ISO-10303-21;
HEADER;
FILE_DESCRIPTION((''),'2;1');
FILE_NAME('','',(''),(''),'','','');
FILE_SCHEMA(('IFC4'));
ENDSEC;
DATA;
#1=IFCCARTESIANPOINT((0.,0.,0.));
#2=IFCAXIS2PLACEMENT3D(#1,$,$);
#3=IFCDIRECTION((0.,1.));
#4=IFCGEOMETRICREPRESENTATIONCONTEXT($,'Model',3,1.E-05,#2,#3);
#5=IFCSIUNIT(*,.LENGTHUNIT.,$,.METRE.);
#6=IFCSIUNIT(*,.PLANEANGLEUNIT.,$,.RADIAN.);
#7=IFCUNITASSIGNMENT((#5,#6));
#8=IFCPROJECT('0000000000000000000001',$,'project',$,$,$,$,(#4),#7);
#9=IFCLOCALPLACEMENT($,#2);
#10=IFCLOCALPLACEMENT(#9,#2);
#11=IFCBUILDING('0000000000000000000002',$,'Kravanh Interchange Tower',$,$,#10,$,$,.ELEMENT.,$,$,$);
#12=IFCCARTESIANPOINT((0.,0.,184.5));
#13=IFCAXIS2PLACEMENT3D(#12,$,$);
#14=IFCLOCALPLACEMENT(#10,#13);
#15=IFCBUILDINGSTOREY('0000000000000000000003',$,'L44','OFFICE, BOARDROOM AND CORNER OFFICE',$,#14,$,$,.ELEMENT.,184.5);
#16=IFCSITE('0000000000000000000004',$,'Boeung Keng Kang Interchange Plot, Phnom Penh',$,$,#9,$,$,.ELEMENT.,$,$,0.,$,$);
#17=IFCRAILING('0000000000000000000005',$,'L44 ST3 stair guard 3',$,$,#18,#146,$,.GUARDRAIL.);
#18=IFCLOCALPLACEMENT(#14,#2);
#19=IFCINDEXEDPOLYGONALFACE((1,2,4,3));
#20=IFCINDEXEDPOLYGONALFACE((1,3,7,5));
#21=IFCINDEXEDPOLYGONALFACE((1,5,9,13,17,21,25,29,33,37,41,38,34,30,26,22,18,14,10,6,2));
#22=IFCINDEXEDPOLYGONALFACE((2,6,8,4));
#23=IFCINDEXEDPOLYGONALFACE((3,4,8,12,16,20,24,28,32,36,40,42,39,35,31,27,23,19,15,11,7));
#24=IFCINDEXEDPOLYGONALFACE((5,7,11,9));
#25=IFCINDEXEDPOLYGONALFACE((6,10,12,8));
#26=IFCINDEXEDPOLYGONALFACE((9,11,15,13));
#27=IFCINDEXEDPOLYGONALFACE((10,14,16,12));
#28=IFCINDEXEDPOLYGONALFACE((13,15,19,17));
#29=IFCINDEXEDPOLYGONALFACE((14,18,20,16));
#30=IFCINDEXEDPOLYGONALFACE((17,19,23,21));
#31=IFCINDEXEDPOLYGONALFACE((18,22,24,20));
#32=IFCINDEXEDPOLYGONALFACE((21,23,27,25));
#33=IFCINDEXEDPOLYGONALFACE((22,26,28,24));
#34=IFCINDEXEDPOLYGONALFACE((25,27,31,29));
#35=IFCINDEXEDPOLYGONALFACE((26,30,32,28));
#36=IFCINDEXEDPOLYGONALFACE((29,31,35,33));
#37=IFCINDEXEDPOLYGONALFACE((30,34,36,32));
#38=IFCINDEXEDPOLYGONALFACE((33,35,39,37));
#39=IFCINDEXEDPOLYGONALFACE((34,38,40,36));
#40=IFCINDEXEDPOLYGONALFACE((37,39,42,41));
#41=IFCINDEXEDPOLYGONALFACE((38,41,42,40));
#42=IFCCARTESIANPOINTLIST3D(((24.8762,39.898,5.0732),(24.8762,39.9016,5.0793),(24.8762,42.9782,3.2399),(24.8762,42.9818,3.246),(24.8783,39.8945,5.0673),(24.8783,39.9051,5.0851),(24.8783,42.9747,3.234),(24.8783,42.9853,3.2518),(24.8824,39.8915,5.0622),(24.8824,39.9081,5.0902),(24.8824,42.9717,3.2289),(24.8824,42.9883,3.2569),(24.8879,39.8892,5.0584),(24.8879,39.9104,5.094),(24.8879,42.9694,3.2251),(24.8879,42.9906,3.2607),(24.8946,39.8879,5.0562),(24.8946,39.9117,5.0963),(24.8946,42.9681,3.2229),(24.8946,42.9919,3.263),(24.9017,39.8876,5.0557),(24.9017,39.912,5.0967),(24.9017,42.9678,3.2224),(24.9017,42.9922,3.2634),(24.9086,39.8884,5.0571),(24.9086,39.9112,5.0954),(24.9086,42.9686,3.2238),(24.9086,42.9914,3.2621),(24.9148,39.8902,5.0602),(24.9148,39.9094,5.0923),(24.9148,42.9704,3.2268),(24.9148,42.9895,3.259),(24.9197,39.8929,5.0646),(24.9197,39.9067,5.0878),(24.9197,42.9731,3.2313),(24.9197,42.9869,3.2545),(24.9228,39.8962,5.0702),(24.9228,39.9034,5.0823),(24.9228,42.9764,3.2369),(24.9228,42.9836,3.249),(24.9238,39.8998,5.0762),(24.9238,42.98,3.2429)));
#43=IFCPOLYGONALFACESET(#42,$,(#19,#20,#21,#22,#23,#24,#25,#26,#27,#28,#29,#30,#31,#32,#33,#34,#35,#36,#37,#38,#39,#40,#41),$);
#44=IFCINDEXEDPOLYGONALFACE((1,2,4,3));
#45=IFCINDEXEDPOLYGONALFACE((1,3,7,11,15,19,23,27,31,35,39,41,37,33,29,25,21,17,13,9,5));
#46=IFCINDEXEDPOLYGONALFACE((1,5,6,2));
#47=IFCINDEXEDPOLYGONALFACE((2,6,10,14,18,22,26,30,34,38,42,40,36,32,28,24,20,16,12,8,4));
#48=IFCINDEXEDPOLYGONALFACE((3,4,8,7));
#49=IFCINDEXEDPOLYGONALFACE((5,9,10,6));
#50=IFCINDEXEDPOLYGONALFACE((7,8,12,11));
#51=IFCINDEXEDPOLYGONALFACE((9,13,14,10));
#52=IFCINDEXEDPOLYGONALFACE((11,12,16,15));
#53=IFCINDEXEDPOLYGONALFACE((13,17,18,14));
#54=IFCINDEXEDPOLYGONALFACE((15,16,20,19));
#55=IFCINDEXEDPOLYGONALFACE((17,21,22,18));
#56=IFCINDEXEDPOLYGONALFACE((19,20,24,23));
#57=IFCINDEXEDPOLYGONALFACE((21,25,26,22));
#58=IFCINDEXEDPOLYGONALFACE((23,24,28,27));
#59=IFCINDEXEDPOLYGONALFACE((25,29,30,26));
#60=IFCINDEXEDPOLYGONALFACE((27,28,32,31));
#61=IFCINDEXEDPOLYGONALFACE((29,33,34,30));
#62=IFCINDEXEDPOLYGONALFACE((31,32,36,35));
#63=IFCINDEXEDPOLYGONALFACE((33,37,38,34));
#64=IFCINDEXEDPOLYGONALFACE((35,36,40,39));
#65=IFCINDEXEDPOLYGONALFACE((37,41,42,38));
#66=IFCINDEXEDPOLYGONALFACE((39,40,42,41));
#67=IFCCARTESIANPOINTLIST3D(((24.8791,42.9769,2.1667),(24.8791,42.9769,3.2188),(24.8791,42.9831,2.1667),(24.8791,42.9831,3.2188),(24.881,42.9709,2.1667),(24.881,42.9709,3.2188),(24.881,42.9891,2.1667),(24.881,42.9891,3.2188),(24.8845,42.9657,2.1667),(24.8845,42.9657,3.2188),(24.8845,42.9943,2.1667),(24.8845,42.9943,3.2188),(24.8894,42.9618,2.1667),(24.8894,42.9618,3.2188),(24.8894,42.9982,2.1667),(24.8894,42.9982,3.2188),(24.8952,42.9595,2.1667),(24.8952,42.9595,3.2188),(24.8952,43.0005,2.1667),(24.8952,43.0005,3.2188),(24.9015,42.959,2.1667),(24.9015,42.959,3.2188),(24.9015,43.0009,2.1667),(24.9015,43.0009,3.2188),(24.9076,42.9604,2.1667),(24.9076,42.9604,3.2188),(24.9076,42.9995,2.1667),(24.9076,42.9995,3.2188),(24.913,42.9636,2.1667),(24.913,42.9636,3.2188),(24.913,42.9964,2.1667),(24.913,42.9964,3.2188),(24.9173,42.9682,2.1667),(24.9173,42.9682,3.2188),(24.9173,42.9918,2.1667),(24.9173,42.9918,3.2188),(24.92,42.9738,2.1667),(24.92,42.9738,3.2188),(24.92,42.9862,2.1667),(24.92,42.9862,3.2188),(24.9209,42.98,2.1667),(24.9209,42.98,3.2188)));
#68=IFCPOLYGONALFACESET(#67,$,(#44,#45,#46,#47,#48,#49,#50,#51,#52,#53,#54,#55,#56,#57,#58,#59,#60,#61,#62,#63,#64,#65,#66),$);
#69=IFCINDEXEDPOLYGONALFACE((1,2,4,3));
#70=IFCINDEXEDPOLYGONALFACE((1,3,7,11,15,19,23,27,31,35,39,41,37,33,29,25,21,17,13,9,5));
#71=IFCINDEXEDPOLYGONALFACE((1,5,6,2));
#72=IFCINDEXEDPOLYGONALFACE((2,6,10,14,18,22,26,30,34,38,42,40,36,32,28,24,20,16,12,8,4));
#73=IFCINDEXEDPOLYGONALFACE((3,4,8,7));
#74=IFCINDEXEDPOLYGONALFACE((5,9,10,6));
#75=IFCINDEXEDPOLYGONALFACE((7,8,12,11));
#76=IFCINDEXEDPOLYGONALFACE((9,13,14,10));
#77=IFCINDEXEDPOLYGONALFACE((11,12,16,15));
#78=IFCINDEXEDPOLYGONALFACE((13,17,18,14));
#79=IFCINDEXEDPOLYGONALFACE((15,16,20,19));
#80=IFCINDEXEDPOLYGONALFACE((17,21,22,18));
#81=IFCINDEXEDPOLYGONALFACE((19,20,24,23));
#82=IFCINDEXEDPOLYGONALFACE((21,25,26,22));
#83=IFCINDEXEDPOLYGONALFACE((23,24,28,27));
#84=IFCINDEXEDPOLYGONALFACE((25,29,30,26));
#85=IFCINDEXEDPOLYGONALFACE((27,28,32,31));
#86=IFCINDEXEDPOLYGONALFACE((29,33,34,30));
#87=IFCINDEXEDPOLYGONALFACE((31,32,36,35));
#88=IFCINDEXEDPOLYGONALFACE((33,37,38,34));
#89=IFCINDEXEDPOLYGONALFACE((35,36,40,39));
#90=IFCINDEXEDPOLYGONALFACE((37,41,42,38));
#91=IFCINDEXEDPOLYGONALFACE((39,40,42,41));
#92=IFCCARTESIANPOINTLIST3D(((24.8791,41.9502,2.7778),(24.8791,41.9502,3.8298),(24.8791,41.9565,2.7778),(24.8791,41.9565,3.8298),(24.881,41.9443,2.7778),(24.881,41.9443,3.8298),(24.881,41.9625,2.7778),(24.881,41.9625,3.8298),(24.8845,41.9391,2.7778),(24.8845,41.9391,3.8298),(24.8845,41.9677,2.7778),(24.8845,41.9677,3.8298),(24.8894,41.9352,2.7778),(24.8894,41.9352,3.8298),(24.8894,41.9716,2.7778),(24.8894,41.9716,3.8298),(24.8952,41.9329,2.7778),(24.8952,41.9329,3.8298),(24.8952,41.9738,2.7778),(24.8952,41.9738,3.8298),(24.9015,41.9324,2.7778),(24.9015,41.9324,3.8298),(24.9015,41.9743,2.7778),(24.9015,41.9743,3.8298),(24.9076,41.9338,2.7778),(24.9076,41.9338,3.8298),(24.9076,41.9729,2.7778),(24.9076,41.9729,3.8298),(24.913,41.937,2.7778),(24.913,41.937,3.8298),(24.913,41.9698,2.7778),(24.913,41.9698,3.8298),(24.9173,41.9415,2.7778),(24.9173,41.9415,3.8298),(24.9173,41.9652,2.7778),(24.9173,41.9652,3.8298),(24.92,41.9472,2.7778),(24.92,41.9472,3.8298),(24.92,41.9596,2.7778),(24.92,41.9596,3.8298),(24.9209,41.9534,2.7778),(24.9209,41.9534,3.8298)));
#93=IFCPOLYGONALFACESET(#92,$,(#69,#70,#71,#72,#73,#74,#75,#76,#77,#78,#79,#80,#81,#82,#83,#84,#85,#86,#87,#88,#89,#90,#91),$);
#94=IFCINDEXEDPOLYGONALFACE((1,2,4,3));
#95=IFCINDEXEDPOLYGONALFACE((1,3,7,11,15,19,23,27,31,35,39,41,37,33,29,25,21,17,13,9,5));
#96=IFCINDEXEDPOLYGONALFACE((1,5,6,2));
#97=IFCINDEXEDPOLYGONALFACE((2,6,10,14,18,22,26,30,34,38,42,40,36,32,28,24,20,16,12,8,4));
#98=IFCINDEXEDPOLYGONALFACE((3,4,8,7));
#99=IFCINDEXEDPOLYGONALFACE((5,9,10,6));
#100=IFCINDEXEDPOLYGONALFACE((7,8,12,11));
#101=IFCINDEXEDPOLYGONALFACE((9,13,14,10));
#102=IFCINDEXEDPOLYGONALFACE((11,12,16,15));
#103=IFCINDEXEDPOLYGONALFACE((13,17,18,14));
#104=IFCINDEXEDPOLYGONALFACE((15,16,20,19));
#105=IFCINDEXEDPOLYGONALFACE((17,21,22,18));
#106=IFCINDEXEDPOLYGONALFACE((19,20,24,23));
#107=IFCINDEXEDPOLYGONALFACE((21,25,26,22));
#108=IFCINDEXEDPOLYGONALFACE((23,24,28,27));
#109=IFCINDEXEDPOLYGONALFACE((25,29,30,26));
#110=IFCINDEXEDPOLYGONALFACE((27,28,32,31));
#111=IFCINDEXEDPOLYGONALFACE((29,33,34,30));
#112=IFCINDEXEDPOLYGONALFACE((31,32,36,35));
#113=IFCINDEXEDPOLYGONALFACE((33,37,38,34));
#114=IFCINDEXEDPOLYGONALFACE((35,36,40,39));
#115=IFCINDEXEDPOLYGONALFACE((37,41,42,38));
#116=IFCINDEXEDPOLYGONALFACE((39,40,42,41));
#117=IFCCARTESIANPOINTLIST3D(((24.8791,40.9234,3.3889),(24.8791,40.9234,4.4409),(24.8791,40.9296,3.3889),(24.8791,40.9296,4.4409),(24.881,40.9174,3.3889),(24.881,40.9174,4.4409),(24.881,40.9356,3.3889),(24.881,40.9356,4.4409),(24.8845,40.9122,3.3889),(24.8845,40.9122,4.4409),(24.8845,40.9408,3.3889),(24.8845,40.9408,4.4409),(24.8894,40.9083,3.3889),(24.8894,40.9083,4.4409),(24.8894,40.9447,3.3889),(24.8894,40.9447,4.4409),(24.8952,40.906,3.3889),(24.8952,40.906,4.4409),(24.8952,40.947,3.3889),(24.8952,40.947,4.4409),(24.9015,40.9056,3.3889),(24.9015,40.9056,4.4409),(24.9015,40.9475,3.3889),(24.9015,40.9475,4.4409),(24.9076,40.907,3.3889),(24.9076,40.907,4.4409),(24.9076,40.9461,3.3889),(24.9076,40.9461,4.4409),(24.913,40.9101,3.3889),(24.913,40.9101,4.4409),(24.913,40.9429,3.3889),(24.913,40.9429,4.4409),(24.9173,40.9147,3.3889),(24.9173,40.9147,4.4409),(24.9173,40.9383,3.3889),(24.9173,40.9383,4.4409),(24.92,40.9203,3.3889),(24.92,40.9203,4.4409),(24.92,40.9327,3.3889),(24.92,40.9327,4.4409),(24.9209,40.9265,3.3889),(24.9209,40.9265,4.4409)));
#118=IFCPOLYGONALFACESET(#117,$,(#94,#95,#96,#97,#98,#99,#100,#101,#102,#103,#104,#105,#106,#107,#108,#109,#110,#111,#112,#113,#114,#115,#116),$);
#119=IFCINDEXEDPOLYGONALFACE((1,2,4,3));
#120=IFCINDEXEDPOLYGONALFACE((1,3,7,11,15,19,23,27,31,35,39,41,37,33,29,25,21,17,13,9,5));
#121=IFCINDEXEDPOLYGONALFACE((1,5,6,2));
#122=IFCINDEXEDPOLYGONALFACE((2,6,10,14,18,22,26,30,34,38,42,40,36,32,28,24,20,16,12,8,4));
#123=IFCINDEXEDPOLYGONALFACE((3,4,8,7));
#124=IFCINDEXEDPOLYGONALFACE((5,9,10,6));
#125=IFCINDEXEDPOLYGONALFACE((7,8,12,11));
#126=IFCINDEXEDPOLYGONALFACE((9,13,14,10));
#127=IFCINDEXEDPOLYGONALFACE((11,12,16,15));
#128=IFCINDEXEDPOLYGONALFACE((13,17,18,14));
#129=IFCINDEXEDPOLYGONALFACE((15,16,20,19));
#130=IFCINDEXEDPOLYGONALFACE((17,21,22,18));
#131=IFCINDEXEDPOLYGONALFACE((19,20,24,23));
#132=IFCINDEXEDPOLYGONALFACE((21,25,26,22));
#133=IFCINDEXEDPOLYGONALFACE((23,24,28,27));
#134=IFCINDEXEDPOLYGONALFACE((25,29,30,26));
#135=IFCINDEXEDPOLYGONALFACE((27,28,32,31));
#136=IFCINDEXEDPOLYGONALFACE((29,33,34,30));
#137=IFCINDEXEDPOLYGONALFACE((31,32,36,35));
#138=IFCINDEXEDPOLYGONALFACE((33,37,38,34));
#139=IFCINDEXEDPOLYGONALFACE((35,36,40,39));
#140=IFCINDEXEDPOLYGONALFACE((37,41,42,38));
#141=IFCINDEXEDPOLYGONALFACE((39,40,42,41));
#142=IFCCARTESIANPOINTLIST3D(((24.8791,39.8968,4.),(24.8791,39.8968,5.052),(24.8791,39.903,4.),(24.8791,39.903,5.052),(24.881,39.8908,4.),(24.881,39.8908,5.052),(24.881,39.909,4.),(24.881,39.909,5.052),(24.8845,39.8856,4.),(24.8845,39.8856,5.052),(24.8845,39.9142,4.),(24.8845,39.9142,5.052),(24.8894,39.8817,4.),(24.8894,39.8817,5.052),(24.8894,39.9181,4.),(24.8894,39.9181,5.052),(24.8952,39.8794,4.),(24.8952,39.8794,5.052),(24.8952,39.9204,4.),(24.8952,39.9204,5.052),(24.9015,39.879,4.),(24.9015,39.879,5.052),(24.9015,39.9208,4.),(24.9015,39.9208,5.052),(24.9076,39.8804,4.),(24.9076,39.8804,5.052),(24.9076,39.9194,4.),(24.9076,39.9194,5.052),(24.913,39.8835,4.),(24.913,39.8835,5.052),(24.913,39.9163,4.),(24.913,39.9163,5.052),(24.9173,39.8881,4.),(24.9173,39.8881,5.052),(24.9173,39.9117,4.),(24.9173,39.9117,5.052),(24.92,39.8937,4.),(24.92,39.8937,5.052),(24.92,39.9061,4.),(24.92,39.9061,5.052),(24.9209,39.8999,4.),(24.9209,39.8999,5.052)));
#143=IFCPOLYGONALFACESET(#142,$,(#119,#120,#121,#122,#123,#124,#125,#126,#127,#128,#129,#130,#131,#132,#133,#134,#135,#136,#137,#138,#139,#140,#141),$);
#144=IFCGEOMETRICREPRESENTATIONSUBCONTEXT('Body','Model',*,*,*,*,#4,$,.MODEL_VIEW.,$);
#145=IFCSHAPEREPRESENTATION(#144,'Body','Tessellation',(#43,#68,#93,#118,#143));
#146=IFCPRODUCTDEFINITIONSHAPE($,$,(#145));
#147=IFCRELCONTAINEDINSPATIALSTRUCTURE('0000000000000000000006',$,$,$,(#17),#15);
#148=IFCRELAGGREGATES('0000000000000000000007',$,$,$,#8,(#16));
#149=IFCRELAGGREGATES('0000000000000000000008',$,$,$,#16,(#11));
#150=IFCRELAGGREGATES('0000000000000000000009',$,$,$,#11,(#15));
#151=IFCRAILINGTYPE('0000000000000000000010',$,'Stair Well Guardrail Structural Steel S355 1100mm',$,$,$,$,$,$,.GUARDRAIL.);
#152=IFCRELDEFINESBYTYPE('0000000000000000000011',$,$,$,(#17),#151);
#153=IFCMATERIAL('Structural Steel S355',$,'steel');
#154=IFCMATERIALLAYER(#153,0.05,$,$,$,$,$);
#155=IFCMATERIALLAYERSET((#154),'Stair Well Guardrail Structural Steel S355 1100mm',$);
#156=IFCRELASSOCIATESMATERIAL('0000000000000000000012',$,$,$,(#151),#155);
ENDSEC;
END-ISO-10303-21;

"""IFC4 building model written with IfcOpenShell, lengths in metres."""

from ifc_helpers import new_model, si_unit, direction, frame, origin, origin_2d, place, context, subcontext, project, spatial, circle, extrude, material, layer, layer_set, type_object, element, save


model = new_model("IFC4")

# Units and contexts
model_context = context("Model", 3, precision=1e-05, world=origin(), true_north=direction((0.0, 1.0)))
body_context = subcontext(model_context, "Body", "Model", "MODEL_VIEW")
ifc_project = project(units=[si_unit("LENGTHUNIT", "METRE"), si_unit("PLANEANGLEUNIT", "RADIAN")], contexts=[model_context])

# Site, building, storey
site_placement = place(None, origin())
site = spatial("IfcSite", under=ifc_project, at=site_placement, Name="Boeung Keng Kang Interchange Plot, Phnom Penh", CompositionType="ELEMENT", RefElevation=0.0)
building_placement = place(site_placement, origin())
building = spatial("IfcBuilding", under=site, at=building_placement, Name="Kravanh Interchange Tower", CompositionType="ELEMENT")
storey_placement = place(building_placement, frame((0.0, 0.0, 184.5)))
storey = spatial("IfcBuildingStorey", under=building, at=storey_placement, Name="L44", Description="OFFICE, BOARDROOM AND CORNER OFFICE", CompositionType="ELEMENT", Elevation=184.5)

# Railing
ifc_material_1 = material(Name="Structural Steel S355", Category="steel")
ifc_layer_1 = layer(ifc_material_1, 0.05)
ifc_layer_set_1 = layer_set([ifc_layer_1], Name="Stair Well Guardrail Structural Steel S355 1100mm")
railing_type_1 = type_object("IfcRailingType", Name="Stair Well Guardrail Structural Steel S355 1100mm", PredefinedType="GUARDRAIL", material=ifc_layer_set_1)
railing_1_placement = place(storey_placement, frame((24.8999, 42.98, 2.1667)))
element("IfcRailing", 1, at=railing_1_placement, inside=storey, type_object=railing_type_1, Name="L44 ST3 stair guard 3", PredefinedType="GUARDRAIL", context=body_context, shape_type="SweptSolid", body=[
    extrude(circle(Radius=0.0239, at=origin_2d()), frame((0.0, 0.0, 1.0762), z_axis=(0.0, -0.859309, 0.511458), x_axis=(1.0, 0.0, 0.0)), (0.0, 0.0, 1.0), 3.5845),
    extrude(circle(Radius=0.021, at=origin_2d()), origin(), (0.0, 0.0, 1.0), 1.052),
    extrude(circle(Radius=0.021, at=origin_2d()), frame((0.0, -1.0266, 0.6111)), (0.0, 0.0, 1.0), 1.052),
    extrude(circle(Radius=0.021, at=origin_2d()), frame((0.0, -2.0535, 1.2222)), (0.0, 0.0, 1.0), 1.052),
    extrude(circle(Radius=0.021, at=origin_2d()), frame((0.0, -3.0801, 1.8333)), (0.0, 0.0, 1.0), 1.052),
])

save(model, "model.ifc")
